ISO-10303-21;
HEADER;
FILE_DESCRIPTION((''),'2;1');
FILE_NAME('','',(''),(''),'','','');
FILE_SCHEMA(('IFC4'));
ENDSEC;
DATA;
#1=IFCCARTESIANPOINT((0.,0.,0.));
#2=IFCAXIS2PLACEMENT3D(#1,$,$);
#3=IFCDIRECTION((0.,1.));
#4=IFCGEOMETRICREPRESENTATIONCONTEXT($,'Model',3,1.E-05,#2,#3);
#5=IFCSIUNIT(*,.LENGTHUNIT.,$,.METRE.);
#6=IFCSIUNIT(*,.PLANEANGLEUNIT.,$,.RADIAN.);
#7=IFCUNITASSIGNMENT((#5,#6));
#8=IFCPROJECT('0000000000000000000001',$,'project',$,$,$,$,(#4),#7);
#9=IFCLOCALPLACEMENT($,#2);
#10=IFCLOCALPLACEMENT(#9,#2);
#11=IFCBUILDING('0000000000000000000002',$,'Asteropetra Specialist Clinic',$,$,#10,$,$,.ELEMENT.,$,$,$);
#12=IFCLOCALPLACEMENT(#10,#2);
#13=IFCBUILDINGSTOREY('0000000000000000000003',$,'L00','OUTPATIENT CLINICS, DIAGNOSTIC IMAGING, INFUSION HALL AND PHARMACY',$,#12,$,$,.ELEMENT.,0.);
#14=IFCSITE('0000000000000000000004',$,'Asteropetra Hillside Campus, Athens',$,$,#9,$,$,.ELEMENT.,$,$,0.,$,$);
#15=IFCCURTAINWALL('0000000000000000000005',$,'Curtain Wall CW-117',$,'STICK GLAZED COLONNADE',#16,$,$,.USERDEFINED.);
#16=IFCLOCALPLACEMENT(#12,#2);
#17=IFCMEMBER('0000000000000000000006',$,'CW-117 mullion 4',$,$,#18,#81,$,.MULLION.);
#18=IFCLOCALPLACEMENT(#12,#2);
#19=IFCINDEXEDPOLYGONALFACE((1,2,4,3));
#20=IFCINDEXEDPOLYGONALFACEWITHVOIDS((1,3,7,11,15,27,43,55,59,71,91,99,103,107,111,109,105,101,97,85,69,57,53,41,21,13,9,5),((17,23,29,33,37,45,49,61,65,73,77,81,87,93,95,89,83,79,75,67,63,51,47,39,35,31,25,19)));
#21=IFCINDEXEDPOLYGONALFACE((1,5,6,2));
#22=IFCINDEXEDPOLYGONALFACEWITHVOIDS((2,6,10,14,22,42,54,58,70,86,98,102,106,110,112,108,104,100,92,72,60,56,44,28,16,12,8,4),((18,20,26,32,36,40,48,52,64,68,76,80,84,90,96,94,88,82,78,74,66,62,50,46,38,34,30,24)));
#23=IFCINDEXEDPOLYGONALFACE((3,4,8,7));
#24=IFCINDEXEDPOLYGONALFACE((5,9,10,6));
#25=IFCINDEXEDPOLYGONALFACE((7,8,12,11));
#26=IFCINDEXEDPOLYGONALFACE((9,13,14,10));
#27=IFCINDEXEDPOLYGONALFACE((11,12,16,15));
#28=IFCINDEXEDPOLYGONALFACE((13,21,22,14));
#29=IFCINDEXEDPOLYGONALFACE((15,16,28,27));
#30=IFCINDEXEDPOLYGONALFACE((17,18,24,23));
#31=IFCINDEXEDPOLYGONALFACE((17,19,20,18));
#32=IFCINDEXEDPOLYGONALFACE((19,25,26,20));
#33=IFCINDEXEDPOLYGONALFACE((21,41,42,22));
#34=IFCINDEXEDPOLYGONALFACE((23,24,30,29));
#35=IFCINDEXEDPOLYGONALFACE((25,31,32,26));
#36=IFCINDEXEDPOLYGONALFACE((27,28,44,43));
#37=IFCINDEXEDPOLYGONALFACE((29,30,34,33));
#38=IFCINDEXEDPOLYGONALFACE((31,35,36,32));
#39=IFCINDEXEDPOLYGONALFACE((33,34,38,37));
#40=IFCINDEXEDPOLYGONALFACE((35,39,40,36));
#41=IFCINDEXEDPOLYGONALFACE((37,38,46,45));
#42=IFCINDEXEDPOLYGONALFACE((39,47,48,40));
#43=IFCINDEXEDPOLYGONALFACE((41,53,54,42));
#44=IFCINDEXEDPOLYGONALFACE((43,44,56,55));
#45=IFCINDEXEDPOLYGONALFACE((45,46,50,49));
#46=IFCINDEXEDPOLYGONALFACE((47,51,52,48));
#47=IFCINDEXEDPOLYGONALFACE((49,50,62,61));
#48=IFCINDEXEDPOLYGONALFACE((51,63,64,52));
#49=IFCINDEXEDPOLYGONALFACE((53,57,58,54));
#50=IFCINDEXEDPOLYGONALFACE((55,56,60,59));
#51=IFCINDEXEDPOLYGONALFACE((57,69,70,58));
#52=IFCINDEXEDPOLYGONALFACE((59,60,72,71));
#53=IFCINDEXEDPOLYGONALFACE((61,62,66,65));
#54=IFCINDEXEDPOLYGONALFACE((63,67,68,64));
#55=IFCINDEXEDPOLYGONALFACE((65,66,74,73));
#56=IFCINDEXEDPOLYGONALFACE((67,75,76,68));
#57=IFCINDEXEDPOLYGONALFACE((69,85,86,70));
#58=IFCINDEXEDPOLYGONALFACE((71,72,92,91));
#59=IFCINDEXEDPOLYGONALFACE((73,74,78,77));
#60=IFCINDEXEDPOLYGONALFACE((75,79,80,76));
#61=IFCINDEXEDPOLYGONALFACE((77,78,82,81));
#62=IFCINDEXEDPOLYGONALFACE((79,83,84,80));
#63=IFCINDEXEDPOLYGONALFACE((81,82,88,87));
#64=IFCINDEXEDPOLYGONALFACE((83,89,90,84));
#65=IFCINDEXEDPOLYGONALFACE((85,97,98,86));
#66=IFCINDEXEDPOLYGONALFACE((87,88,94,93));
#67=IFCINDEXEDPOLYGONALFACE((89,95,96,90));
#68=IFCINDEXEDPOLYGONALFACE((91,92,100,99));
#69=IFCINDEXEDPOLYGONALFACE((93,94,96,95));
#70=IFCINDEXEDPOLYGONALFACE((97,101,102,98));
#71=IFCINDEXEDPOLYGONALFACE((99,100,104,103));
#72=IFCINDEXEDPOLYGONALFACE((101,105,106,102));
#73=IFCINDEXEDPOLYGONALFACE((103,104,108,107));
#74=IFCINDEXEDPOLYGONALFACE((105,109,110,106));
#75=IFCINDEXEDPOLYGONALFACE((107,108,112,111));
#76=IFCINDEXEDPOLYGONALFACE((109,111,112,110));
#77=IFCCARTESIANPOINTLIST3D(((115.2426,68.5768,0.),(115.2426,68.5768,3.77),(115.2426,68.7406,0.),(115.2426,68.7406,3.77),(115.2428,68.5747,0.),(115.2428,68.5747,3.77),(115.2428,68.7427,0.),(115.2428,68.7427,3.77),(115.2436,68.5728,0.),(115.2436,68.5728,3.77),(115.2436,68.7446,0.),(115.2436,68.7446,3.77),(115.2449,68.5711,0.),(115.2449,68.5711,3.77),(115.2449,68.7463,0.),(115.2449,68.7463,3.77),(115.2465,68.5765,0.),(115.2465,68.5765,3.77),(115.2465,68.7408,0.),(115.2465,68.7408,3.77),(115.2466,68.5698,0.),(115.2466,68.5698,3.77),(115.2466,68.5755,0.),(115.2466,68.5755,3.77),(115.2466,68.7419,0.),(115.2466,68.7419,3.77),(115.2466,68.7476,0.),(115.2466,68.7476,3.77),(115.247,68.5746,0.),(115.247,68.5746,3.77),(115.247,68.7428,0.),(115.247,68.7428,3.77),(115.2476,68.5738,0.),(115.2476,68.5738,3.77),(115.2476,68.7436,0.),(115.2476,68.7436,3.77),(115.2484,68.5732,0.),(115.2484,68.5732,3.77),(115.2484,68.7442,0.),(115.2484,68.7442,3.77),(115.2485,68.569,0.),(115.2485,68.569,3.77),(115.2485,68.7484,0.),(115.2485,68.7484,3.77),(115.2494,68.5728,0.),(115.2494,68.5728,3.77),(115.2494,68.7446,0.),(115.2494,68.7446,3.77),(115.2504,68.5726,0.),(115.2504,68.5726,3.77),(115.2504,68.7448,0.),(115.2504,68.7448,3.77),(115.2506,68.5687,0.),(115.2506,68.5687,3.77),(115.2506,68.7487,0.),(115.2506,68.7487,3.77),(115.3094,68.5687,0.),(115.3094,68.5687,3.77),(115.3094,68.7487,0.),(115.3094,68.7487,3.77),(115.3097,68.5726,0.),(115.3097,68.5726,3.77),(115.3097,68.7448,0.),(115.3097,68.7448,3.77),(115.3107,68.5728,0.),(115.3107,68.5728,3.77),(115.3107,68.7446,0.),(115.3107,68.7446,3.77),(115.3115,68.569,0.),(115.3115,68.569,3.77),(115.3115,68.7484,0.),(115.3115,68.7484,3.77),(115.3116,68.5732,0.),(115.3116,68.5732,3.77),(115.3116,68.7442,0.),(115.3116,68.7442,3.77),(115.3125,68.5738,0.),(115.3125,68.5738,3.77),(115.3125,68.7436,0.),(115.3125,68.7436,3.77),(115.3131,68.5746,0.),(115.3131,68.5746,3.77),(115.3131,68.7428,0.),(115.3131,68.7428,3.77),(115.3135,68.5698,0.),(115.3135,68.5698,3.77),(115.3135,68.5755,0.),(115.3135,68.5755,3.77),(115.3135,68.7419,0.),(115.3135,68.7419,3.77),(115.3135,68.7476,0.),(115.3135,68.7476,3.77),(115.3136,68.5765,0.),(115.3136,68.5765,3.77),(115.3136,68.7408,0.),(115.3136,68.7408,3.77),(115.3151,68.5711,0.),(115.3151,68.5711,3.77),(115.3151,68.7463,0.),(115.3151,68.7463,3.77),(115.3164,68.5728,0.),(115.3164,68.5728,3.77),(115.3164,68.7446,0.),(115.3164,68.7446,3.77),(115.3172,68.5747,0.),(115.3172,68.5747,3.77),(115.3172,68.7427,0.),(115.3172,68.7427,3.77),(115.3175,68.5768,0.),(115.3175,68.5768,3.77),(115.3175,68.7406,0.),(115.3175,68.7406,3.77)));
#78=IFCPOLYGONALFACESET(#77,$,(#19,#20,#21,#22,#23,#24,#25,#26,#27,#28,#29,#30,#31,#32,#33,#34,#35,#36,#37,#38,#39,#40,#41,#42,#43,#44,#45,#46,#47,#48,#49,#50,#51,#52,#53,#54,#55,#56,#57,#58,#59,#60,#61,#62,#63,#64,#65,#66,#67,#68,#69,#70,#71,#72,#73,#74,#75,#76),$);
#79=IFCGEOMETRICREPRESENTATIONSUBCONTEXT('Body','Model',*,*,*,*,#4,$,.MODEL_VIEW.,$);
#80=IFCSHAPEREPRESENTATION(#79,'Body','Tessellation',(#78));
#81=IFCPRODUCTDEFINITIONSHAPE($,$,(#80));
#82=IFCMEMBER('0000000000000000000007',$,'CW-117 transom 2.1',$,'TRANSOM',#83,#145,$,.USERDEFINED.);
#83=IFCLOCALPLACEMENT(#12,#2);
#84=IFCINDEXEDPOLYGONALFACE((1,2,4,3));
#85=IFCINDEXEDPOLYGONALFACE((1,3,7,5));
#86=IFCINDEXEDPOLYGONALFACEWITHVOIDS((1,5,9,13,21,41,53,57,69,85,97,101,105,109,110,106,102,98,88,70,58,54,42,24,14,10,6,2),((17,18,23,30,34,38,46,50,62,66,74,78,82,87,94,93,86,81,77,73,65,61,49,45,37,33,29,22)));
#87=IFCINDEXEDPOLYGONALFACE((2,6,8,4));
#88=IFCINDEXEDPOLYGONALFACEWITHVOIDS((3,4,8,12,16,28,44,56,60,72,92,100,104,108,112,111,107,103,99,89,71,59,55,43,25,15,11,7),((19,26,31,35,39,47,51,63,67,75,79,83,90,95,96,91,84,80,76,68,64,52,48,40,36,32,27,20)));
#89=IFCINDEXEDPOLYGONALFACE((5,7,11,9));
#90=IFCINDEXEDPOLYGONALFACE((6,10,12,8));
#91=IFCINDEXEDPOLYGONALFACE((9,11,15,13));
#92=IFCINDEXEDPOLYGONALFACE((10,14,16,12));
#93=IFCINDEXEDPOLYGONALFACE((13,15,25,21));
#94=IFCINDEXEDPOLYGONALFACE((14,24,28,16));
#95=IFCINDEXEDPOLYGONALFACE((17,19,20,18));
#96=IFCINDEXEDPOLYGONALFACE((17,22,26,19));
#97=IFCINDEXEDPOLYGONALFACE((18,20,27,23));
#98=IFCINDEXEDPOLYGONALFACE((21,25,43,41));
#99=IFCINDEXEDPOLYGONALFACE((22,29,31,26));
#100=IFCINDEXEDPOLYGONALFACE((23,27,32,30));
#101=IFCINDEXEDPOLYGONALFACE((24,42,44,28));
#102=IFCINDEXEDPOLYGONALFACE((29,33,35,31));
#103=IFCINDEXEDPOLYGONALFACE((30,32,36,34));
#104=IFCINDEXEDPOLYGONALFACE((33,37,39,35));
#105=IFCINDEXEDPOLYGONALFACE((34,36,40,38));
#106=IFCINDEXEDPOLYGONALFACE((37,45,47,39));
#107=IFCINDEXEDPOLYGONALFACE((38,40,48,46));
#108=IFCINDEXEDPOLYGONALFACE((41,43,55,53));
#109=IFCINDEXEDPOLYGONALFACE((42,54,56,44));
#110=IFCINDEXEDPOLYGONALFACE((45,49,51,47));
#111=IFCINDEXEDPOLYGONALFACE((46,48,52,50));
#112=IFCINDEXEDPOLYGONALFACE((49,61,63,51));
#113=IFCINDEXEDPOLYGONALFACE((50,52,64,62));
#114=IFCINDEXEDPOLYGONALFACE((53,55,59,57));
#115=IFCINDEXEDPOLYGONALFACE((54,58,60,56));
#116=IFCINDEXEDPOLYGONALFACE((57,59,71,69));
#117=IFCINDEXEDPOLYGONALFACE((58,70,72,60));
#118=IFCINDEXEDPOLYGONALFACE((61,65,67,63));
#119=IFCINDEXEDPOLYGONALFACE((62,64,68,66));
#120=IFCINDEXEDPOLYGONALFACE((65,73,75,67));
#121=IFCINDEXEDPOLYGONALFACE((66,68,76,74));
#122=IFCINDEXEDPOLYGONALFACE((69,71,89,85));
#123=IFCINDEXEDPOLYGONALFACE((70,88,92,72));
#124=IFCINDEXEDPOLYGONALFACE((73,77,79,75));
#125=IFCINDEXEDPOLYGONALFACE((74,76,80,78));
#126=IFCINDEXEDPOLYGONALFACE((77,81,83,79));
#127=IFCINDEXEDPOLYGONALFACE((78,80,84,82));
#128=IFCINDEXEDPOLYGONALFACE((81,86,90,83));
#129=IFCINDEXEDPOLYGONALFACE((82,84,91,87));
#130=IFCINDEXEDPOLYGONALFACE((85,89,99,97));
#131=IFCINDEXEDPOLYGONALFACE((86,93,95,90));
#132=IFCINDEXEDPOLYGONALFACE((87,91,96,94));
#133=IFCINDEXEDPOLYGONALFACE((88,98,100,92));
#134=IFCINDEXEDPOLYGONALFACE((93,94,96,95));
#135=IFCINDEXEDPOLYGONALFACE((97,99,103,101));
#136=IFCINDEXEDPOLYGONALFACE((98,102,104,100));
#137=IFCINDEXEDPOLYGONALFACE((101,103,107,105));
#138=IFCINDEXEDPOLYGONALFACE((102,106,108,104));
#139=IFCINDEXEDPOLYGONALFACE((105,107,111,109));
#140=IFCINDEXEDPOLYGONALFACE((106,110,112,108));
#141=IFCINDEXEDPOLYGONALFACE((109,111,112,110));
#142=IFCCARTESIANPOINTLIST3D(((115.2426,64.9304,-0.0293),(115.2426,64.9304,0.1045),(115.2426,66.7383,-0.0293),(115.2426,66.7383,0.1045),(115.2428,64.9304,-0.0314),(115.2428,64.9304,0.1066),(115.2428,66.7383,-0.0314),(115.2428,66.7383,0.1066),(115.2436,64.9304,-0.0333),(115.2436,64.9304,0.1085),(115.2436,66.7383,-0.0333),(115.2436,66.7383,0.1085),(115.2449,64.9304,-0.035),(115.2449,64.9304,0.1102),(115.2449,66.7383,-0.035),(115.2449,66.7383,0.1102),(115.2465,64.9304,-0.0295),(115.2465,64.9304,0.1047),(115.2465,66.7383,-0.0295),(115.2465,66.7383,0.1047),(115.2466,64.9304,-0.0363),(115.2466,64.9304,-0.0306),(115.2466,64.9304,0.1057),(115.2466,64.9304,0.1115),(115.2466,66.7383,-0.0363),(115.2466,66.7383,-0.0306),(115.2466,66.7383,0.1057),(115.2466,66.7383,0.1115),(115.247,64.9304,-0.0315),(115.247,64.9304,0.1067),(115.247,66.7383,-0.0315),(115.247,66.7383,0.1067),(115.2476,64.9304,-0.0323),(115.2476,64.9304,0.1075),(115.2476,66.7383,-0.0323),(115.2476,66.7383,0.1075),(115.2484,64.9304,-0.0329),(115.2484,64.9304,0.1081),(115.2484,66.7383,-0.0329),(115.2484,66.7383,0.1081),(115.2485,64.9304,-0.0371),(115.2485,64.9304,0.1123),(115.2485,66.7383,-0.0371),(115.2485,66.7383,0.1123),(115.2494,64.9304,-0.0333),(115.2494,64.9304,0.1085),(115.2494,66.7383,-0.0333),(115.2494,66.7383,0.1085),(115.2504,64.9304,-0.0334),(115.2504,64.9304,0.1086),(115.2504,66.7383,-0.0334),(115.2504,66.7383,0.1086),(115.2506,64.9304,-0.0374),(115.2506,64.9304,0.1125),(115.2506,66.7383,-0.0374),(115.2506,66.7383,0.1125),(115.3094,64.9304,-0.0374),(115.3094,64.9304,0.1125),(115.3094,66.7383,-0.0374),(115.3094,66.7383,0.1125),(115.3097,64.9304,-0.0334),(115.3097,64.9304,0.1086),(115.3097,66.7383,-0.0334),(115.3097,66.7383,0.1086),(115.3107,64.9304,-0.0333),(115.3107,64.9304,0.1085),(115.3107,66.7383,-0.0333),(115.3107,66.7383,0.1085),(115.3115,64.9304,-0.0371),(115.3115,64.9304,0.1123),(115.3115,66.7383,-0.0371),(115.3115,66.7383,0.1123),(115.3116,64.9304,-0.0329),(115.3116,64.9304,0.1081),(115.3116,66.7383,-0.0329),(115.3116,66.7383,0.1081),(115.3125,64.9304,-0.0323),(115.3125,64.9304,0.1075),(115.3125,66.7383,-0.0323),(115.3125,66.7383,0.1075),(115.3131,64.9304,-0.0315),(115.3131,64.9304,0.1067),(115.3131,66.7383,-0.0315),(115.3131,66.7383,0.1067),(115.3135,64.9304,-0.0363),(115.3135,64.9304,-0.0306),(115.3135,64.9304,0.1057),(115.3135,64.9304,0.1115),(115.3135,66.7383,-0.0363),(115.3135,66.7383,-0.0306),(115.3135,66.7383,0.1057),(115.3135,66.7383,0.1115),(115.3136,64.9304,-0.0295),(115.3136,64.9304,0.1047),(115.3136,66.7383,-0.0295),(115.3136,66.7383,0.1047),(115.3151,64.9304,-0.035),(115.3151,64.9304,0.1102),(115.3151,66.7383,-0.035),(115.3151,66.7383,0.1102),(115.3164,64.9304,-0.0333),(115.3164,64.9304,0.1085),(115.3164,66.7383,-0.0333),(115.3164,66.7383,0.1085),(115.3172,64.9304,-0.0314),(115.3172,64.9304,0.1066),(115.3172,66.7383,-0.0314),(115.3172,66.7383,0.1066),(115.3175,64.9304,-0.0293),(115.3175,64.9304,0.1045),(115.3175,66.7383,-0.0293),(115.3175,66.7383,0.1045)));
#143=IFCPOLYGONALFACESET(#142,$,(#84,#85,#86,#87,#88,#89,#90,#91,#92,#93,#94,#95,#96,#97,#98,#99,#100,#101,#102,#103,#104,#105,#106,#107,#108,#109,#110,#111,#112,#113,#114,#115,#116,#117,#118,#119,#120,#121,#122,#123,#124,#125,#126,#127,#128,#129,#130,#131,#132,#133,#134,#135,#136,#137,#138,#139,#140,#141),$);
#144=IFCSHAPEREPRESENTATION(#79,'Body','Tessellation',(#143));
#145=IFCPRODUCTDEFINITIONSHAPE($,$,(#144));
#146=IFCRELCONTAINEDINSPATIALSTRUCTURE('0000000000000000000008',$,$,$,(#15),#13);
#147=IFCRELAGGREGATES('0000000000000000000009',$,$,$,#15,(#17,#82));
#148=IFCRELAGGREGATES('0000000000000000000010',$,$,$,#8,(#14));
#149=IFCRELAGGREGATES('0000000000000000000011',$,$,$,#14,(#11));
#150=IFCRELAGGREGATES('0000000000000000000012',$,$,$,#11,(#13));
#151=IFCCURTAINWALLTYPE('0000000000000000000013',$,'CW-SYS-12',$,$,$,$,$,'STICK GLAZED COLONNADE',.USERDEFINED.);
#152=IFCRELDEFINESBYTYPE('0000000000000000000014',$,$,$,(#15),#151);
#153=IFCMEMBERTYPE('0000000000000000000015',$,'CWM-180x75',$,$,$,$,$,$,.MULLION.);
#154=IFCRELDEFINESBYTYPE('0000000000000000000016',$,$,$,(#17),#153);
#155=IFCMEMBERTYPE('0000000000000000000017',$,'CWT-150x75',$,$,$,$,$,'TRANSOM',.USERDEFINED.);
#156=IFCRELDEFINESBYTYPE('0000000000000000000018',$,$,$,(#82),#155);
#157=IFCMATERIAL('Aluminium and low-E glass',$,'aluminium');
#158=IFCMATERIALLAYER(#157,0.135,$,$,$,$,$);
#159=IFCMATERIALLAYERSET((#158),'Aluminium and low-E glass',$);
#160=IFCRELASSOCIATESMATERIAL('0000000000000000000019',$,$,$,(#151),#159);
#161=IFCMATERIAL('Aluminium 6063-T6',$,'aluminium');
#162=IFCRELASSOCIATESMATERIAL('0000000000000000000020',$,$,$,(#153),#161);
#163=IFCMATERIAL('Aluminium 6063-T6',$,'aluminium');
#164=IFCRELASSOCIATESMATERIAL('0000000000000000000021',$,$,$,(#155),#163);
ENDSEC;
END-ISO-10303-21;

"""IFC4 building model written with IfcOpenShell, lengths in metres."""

from ifc_helpers import new_model, si_unit, direction, frame, origin, origin_2d, place, context, subcontext, project, spatial, hollow_rectangle, extrude, material, layer, layer_set, material_profile, profile_set, type_object, element, aggregate, save


model = new_model("IFC4")

# Units and contexts
model_context = context("Model", 3, precision=1e-05, world=origin(), true_north=direction((0.0, 1.0)))
body_context = subcontext(model_context, "Body", "Model", "MODEL_VIEW")
ifc_project = project(units=[si_unit("LENGTHUNIT", "METRE"), si_unit("PLANEANGLEUNIT", "RADIAN")], contexts=[model_context])

# Site, building, storey
site_placement = place(None, origin())
site = spatial("IfcSite", under=ifc_project, at=site_placement, Name="Asteropetra Hillside Campus, Athens", CompositionType="ELEMENT", RefElevation=0.0)
building_placement = place(site_placement, origin())
building = spatial("IfcBuilding", under=site, at=building_placement, Name="Asteropetra Specialist Clinic", CompositionType="ELEMENT")
storey_placement = place(building_placement, origin())
storey = spatial("IfcBuildingStorey", under=building, at=storey_placement, Name="L00", Description="OUTPATIENT CLINICS, DIAGNOSTIC IMAGING, INFUSION HALL AND PHARMACY", CompositionType="ELEMENT", Elevation=0.0)

# Curtain wall, members
ifc_material_1 = material(Name="Aluminium and low-E glass", Category="aluminium")
ifc_layer_1 = layer(ifc_material_1, 0.135)
ifc_layer_set_1 = layer_set([ifc_layer_1], Name="Aluminium and low-E glass")
curtain_wall_type = type_object("IfcCurtainWallType", Name="CW-SYS-12", ElementType="STICK GLAZED COLONNADE", PredefinedType="USERDEFINED", material=ifc_layer_set_1)
curtain_wall_placement = place(storey_placement, origin())
curtain_wall = element("IfcCurtainWall", 1, at=curtain_wall_placement, inside=storey, type_object=curtain_wall_type, Name="Curtain Wall CW-117", ObjectType="STICK GLAZED COLONNADE", PredefinedType="USERDEFINED")
ifc_material_2 = material(Name="Aluminium 6063-T6", Category="aluminium")
ifc_material_profile_1 = material_profile(ifc_material_2, hollow_rectangle(XDim=0.075, YDim=0.1799, WallThickness=0.0039, InnerFilletRadius=0.0039, OuterFilletRadius=0.0081, at=origin_2d()), Name="MUL 180x75x4.0")
ifc_profile_set_1 = profile_set([ifc_material_profile_1], Name="Aluminium 6063-T6")
member_type_1 = type_object("IfcMemberType", Name="CWM-180x75", PredefinedType="MULLION", material=ifc_profile_set_1)
member_1_placement = place(storey_placement, frame((115.28, 68.6587, 0.0), z_axis=(0.0, 0.0, 1.0), x_axis=(-1.0, 0.0, 0.0)))
member_1 = element("IfcMember", 2, at=member_1_placement, type_object=member_type_1, Name="CW-117 mullion 4", PredefinedType="MULLION", context=body_context, shape_type="SweptSolid", body=[
    extrude(hollow_rectangle(XDim=0.075, YDim=0.1799, WallThickness=0.0039, InnerFilletRadius=0.0039, OuterFilletRadius=0.0081, at=origin_2d()), origin(), (0.0, 0.0, 1.0), 3.77),
])
ifc_material_3 = material(Name="Aluminium 6063-T6", Category="aluminium")
ifc_material_profile_2 = material_profile(ifc_material_3, hollow_rectangle(XDim=0.075, YDim=0.1499, WallThickness=0.0039, InnerFilletRadius=0.0039, OuterFilletRadius=0.0081, at=origin_2d()), Name="TRN 150x75x4.0")
ifc_profile_set_2 = profile_set([ifc_material_profile_2], Name="Aluminium 6063-T6")
member_type_2 = type_object("IfcMemberType", Name="CWT-150x75", ElementType="TRANSOM", PredefinedType="USERDEFINED", material=ifc_profile_set_2)
member_2_placement = place(storey_placement, frame((115.28, 64.9304, 0.0376), z_axis=(0.0, 1.0, 0.0), x_axis=(-1.0, 0.0, 0.0)))
member_2 = element("IfcMember", 3, at=member_2_placement, type_object=member_type_2, Name="CW-117 transom 2.1", ObjectType="TRANSOM", PredefinedType="USERDEFINED", context=body_context, shape_type="SweptSolid", body=[
    extrude(hollow_rectangle(XDim=0.075, YDim=0.1499, WallThickness=0.0039, InnerFilletRadius=0.0039, OuterFilletRadius=0.0081, at=origin_2d()), origin(), (0.0, 0.0, 1.0), 1.8079),
])
aggregate(curtain_wall, [member_1, member_2])

save(model, "model.ifc")
